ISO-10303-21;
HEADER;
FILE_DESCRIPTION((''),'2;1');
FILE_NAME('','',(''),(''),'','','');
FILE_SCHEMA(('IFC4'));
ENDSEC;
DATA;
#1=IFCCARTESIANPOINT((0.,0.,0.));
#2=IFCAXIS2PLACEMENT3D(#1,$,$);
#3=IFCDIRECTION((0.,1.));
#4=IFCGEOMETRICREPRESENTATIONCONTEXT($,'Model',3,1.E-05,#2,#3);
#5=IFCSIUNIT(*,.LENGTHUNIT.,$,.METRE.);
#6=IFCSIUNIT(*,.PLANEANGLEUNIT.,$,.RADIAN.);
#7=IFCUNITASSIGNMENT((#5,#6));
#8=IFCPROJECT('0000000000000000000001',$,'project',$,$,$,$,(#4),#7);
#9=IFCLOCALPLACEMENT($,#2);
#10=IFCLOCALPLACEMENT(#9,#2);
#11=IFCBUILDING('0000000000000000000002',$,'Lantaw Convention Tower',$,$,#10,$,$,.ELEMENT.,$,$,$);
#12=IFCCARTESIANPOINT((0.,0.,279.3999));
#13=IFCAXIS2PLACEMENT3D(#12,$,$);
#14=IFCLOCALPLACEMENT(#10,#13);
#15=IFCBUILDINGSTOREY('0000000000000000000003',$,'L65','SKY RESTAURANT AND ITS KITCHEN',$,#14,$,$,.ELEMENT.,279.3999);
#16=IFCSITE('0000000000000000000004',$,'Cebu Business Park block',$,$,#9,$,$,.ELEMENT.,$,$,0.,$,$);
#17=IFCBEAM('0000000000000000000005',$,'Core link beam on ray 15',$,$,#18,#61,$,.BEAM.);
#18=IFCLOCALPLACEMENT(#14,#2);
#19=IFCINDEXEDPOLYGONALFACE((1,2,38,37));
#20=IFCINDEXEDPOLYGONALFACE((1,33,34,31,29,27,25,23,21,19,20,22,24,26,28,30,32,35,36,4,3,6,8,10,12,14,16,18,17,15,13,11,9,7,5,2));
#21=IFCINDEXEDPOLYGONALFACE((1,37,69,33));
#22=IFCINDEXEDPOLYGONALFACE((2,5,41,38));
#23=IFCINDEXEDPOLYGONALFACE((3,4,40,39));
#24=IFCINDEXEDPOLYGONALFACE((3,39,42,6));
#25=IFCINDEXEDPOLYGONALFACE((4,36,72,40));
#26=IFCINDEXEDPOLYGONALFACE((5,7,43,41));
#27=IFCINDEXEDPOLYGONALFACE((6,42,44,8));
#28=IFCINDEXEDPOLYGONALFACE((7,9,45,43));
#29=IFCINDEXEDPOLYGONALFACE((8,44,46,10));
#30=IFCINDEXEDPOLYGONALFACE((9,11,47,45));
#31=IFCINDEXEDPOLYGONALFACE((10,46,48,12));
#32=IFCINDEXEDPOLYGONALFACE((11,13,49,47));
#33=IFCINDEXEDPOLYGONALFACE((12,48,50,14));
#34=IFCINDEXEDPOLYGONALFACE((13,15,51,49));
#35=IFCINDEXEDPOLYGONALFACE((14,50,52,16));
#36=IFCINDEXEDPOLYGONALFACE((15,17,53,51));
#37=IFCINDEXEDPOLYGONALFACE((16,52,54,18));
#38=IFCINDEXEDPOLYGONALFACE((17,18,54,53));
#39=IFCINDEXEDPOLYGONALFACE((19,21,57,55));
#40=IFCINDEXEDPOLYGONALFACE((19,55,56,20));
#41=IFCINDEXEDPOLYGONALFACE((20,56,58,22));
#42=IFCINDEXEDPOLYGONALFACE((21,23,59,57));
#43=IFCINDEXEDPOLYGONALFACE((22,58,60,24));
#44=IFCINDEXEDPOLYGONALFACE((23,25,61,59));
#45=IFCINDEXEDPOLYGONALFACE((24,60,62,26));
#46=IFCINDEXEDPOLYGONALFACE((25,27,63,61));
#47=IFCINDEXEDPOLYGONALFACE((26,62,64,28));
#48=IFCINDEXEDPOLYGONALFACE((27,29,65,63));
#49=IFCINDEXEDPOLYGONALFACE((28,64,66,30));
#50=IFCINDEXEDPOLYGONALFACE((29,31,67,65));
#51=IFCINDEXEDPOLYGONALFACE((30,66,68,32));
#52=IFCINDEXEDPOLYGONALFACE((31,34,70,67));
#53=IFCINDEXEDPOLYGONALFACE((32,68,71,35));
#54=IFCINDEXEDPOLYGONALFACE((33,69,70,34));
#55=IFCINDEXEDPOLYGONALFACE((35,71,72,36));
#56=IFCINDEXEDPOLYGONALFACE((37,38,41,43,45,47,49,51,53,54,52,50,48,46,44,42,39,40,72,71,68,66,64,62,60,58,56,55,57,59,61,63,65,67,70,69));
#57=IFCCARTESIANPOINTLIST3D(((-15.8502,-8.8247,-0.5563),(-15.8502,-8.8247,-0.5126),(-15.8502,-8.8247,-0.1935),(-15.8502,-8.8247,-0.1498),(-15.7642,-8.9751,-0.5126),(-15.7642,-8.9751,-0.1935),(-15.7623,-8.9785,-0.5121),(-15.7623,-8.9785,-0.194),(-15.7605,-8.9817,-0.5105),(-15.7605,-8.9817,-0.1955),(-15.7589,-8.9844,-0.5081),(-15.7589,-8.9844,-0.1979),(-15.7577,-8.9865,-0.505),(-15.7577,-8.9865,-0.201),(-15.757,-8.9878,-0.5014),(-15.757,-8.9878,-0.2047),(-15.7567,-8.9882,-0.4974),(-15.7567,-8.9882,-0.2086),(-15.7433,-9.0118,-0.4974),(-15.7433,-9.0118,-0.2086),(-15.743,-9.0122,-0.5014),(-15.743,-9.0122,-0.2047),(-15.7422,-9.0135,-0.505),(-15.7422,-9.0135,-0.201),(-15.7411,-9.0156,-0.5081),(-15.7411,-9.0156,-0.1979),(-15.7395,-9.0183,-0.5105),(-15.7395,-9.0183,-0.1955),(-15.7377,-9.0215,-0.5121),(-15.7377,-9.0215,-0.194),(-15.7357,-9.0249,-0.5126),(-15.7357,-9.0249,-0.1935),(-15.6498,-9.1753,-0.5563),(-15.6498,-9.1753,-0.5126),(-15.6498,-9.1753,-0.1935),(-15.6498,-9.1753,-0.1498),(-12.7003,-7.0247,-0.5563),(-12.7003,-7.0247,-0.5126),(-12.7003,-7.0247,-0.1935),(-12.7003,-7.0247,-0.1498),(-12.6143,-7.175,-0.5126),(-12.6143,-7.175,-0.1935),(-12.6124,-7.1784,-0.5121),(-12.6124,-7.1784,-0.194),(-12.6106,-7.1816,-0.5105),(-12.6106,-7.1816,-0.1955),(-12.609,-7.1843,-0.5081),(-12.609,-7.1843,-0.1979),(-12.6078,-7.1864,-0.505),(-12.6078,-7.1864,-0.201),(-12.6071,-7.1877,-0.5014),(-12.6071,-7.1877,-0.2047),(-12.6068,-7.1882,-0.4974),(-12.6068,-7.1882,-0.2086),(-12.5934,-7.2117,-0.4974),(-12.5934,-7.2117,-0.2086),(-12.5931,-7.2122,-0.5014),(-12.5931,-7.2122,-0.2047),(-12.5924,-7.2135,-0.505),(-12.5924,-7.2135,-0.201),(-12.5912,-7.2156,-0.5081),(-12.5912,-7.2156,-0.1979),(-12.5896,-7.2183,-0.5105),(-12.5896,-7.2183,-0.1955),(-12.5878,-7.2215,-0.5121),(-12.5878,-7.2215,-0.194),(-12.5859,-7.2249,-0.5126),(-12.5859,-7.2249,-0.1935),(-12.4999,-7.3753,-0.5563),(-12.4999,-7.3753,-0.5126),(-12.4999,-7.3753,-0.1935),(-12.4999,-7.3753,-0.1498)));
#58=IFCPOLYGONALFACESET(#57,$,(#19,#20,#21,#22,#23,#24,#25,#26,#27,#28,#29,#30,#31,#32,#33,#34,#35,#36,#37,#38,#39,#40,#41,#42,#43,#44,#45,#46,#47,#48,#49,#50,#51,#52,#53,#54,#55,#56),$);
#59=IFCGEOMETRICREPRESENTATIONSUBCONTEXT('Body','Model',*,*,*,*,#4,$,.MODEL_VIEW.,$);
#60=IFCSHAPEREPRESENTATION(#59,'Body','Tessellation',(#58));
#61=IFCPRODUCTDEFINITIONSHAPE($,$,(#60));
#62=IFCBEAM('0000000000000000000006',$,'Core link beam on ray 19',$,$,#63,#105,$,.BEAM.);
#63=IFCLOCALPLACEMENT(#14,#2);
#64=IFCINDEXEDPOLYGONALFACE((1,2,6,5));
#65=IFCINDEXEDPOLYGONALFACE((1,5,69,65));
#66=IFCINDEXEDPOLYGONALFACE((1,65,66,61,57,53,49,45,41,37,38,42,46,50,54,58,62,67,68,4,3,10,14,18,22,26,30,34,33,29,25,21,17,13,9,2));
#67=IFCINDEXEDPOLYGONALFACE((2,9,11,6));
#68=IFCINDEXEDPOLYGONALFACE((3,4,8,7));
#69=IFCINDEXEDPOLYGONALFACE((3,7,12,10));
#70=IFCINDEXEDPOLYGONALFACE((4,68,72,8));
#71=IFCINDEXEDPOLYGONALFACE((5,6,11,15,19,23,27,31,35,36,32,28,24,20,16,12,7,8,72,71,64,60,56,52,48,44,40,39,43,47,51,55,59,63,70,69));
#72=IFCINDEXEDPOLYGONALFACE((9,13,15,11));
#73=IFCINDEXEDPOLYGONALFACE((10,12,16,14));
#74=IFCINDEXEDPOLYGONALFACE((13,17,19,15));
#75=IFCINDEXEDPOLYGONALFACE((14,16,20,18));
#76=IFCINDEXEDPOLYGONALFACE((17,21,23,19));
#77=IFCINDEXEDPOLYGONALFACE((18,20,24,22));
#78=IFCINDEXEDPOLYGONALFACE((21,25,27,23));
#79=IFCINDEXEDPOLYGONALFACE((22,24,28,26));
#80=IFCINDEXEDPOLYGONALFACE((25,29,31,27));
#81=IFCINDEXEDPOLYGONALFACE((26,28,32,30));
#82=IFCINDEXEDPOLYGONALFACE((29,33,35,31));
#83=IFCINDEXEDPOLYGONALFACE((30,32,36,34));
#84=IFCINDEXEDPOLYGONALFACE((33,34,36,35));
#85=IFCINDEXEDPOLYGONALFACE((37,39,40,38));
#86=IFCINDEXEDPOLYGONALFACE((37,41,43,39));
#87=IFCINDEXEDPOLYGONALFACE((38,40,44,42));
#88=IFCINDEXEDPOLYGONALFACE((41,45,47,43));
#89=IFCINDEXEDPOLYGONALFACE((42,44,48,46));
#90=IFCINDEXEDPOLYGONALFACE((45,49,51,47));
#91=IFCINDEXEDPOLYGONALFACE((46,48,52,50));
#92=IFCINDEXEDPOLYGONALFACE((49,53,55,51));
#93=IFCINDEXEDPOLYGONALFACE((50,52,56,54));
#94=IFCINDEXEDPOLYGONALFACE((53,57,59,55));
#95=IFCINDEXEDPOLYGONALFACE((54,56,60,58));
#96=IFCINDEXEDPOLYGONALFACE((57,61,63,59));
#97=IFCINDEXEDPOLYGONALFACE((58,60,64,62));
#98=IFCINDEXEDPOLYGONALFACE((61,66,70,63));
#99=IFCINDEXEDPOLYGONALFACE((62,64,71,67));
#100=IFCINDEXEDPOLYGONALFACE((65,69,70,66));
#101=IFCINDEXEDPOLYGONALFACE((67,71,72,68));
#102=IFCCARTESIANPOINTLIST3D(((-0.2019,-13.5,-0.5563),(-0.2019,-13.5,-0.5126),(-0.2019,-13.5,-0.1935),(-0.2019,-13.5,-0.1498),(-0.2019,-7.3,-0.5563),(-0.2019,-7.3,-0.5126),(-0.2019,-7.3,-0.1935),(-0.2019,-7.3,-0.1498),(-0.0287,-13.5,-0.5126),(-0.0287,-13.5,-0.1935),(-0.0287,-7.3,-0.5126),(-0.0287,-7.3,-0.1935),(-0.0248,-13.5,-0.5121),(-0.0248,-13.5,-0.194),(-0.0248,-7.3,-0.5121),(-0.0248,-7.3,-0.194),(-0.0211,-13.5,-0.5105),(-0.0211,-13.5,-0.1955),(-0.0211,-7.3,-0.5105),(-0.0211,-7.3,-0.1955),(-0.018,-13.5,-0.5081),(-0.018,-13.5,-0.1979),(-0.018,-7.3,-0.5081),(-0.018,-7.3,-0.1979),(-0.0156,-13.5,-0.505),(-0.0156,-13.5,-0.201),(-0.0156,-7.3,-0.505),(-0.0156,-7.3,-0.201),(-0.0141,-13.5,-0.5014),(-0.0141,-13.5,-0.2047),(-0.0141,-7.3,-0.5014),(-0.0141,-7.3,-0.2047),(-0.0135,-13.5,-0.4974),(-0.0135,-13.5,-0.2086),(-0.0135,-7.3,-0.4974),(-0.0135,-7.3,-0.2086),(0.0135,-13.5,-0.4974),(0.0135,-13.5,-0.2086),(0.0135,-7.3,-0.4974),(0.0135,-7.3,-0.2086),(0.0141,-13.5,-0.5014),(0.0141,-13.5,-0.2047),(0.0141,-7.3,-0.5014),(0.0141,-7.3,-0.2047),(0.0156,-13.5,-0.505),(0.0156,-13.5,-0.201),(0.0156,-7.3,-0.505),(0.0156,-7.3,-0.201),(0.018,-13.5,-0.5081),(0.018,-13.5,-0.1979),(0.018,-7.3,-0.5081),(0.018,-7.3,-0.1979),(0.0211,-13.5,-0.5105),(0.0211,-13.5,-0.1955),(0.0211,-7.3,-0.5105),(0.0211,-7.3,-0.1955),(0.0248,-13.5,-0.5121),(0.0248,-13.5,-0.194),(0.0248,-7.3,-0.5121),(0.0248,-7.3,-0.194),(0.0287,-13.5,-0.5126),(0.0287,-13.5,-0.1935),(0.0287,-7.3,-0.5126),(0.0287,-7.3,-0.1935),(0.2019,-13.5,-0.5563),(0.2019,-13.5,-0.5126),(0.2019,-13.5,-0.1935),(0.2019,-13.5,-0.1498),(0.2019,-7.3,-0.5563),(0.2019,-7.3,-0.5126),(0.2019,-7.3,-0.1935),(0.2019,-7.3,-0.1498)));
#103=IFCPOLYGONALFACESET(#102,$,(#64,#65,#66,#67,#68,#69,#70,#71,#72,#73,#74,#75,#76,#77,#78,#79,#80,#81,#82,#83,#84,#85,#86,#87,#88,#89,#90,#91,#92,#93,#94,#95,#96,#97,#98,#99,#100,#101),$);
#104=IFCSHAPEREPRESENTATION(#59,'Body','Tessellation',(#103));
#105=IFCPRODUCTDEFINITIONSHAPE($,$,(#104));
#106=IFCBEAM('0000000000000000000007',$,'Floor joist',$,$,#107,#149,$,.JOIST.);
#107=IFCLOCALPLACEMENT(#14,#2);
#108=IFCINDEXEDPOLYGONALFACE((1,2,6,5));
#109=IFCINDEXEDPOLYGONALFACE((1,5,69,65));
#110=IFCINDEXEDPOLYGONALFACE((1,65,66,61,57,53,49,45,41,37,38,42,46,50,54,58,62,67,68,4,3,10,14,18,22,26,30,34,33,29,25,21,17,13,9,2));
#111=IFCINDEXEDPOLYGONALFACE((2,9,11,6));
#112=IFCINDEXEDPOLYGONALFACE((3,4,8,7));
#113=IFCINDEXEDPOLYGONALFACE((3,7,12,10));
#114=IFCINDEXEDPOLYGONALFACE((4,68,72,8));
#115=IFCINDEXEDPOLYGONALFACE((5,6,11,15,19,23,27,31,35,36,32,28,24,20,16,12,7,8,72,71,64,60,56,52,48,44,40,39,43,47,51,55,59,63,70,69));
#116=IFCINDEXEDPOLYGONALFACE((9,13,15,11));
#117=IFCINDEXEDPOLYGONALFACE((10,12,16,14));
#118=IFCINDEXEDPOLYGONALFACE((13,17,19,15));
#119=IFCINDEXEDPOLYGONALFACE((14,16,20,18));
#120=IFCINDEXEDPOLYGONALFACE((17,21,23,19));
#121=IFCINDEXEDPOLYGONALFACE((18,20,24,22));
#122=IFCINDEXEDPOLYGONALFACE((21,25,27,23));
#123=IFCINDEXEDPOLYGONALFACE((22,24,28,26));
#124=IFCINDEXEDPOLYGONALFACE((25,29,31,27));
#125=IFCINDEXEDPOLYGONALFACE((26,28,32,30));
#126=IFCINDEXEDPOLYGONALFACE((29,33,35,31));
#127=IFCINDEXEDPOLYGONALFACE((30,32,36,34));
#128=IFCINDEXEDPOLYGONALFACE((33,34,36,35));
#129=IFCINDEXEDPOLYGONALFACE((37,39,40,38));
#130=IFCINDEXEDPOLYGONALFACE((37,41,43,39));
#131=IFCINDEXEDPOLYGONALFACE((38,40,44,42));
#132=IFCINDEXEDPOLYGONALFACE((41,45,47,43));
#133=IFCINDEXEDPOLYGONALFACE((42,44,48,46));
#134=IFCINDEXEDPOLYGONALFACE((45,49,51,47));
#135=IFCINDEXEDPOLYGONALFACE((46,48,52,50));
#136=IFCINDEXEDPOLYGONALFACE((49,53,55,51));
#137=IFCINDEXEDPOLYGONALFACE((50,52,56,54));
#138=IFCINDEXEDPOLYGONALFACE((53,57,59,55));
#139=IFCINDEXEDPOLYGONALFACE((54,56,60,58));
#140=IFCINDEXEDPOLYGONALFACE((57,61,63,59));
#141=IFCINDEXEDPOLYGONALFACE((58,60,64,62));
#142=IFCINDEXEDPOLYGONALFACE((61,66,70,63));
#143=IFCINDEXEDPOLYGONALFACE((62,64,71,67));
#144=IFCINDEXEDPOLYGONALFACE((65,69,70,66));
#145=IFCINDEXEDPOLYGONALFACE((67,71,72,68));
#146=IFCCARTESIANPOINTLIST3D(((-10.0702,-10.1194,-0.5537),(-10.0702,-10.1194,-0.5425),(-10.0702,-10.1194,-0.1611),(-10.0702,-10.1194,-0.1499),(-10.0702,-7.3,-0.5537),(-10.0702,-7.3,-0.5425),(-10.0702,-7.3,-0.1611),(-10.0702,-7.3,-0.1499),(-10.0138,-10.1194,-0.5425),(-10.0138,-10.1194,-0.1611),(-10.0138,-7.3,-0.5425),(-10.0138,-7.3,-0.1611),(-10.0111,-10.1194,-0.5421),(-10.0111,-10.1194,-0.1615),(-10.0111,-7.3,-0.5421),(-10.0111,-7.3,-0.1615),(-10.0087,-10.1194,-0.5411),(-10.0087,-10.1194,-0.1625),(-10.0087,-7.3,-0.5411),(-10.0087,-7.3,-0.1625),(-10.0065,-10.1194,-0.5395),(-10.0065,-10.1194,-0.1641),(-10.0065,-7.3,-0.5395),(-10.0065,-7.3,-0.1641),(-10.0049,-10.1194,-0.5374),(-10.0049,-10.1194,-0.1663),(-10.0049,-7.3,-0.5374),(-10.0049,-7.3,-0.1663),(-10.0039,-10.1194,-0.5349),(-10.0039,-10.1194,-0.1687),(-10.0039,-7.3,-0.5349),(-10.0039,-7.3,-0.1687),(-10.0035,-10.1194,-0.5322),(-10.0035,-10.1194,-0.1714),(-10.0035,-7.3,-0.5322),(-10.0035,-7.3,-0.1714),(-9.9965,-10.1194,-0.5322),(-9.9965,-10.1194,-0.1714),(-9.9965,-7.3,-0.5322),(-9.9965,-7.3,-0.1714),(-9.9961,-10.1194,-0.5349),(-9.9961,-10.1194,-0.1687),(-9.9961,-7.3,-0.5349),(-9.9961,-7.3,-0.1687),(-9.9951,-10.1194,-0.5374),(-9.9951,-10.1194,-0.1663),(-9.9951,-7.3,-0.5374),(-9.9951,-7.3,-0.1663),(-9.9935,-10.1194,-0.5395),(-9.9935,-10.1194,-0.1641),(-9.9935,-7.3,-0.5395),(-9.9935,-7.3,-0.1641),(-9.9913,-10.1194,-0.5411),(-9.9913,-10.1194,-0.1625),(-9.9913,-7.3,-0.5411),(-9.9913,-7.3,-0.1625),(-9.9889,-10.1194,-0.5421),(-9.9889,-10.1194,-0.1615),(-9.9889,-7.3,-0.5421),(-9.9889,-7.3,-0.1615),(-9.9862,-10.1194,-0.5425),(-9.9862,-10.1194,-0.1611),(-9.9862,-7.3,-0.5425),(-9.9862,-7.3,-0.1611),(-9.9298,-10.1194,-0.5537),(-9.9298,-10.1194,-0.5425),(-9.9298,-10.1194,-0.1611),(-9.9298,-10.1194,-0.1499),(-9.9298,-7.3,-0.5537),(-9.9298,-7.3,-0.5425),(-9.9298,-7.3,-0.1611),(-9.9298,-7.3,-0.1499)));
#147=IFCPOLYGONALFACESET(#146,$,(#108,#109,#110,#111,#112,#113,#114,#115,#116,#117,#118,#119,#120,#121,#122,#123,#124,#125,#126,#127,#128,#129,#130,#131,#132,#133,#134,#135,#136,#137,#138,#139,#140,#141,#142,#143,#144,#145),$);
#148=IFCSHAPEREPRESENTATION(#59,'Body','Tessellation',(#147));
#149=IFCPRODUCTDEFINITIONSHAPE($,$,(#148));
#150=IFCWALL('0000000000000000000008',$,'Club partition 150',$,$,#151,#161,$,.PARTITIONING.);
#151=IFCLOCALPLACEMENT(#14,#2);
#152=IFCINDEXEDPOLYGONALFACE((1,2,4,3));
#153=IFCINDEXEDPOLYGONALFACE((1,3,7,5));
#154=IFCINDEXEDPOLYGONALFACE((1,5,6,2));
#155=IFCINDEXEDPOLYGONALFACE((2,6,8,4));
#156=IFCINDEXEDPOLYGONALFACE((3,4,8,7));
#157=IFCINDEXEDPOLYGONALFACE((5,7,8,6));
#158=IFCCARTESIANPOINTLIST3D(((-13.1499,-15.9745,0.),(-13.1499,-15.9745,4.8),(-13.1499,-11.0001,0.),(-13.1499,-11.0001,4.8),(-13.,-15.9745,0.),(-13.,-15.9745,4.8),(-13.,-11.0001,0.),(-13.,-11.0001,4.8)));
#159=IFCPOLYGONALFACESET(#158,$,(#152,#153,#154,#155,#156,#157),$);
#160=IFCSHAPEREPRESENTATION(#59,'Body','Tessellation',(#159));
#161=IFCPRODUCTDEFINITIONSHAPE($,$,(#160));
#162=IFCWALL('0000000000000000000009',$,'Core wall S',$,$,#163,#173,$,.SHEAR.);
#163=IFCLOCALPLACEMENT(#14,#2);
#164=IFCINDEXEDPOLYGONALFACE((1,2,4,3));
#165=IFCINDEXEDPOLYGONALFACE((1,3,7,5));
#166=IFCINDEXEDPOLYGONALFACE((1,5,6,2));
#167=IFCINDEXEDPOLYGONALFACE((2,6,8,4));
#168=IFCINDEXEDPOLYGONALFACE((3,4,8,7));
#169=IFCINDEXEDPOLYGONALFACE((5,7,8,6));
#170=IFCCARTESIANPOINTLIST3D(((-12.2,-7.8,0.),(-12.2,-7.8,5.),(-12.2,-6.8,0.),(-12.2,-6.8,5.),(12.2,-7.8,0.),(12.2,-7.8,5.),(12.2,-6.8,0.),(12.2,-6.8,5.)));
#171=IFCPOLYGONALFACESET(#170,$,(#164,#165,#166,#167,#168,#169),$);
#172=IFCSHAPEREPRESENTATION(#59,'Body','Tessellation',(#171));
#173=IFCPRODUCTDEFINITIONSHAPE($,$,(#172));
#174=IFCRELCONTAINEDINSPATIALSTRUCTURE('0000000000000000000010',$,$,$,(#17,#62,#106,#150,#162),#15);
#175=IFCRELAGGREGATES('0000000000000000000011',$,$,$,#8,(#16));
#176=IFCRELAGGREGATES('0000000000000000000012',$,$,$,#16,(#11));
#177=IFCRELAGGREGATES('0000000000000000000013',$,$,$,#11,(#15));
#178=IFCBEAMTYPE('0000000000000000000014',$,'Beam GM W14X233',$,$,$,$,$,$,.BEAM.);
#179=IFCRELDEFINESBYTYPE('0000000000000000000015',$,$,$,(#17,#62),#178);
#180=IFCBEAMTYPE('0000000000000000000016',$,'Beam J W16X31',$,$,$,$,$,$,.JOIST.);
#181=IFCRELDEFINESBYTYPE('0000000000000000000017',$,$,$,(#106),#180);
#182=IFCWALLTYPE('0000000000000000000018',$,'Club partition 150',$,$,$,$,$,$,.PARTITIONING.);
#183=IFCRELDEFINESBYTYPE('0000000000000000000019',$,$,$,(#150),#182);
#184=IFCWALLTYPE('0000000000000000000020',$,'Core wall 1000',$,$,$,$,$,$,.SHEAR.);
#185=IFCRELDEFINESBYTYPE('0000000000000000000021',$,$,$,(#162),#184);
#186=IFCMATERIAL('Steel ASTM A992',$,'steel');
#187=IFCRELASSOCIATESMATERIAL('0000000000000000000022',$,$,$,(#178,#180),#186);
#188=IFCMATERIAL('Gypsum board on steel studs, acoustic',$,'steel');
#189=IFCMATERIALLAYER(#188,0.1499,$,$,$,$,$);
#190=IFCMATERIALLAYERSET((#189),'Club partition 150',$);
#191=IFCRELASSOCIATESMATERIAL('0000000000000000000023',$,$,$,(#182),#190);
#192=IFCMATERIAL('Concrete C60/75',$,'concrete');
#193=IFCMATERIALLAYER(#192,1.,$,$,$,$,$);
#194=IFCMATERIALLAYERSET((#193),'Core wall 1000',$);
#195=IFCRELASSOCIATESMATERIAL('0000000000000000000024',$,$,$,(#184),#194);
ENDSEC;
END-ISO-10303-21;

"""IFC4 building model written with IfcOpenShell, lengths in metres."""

from ifc_helpers import new_model, si_unit, direction, frame, frame_2d, origin, origin_2d, place, context, subcontext, project, spatial, rectangle, i_section, extrude, material, layer, layer_set, material_profile, profile_set, type_object, element, save


model = new_model("IFC4")

# Units and contexts
model_context = context("Model", 3, precision=1e-05, world=origin(), true_north=direction((0.0, 1.0)))
body_context = subcontext(model_context, "Body", "Model", "MODEL_VIEW")
ifc_project = project(units=[si_unit("LENGTHUNIT", "METRE"), si_unit("PLANEANGLEUNIT", "RADIAN")], contexts=[model_context])

# Site, building, storey
site_placement = place(None, origin())
site = spatial("IfcSite", under=ifc_project, at=site_placement, Name="Cebu Business Park block", CompositionType="ELEMENT", RefElevation=0.0)
building_placement = place(site_placement, origin())
building = spatial("IfcBuilding", under=site, at=building_placement, Name="Lantaw Convention Tower", CompositionType="ELEMENT")
storey_placement = place(building_placement, frame((0.0, 0.0, 279.3999)))
storey = spatial("IfcBuildingStorey", under=building, at=storey_placement, Name="L65", Description="SKY RESTAURANT AND ITS KITCHEN", CompositionType="ELEMENT", Elevation=279.3999)

# Beams
ifc_material_1 = material(Name="Steel ASTM A992", Category="steel")
ifc_material_profile_1 = material_profile(ifc_material_1, i_section(OverallWidth=0.4038, OverallDepth=0.4065, WebThickness=0.0271, FlangeThickness=0.0437, FilletRadius=0.0151, at=origin_2d()), Name="W14X233")
ifc_profile_set_1 = profile_set([ifc_material_profile_1], Name="Steel ASTM A992")
beam_type_1 = type_object("IfcBeamType", Name="Beam GM W14X233", PredefinedType="BEAM", material=ifc_profile_set_1)
beam_1_placement = place(storey_placement, frame((-12.6001, -7.2, -0.353), z_axis=(-0.868231, -0.496161, 0.0), x_axis=(0.496161, -0.868231, 0.0)))
element("IfcBeam", 1, at=beam_1_placement, inside=storey, type_object=beam_type_1, Name="Core link beam on ray 15", PredefinedType="BEAM", context=body_context, shape_type="SweptSolid", body=[
    extrude(i_section(OverallWidth=0.4038, OverallDepth=0.4065, WebThickness=0.0271, FlangeThickness=0.0437, FilletRadius=0.0151, at=origin_2d()), origin(), (0.0, 0.0, 1.0), 3.6279),
])
beam_2_placement = place(storey_placement, frame((0.0, -7.3, -0.353), z_axis=(0.0, -1.0, 0.0), x_axis=(1.0, 0.0, 0.0)))
element("IfcBeam", 2, at=beam_2_placement, inside=storey, type_object=beam_type_1, Name="Core link beam on ray 19", PredefinedType="BEAM", context=body_context, shape_type="SweptSolid", body=[
    extrude(i_section(OverallWidth=0.4038, OverallDepth=0.4065, WebThickness=0.0271, FlangeThickness=0.0437, FilletRadius=0.0151, at=origin_2d()), origin(), (0.0, 0.0, 1.0), 6.2),
])
ifc_material_profile_2 = material_profile(ifc_material_1, i_section(OverallWidth=0.1404, OverallDepth=0.4038, WebThickness=0.0071, FlangeThickness=0.0112, FilletRadius=0.0103, at=origin_2d()), Name="W16X31")
ifc_profile_set_2 = profile_set([ifc_material_profile_2], Name="Steel ASTM A992")
beam_type_2 = type_object("IfcBeamType", Name="Beam J W16X31", PredefinedType="JOIST", material=ifc_profile_set_2)
beam_3_placement = place(storey_placement, frame((-10.0, -10.1194, -0.3518), z_axis=(0.0, 1.0, 0.0), x_axis=(-1.0, 0.0, 0.0)))
element("IfcBeam", 3, at=beam_3_placement, inside=storey, type_object=beam_type_2, Name="Floor joist", PredefinedType="JOIST", context=body_context, shape_type="SweptSolid", body=[
    extrude(i_section(OverallWidth=0.1404, OverallDepth=0.4038, WebThickness=0.0071, FlangeThickness=0.0112, FilletRadius=0.0103, at=origin_2d()), origin(), (0.0, 0.0, 1.0), 2.8193),
])

# Walls
ifc_material_2 = material(Name="Gypsum board on steel studs, acoustic", Category="steel")
ifc_layer_1 = layer(ifc_material_2, 0.1499)
ifc_layer_set_1 = layer_set([ifc_layer_1], Name="Club partition 150")
wall_type_1 = type_object("IfcWallType", Name="Club partition 150", PredefinedType="PARTITIONING", material=ifc_layer_set_1)
wall_1_placement = place(storey_placement, frame((-13.075, -11.0, 0.0), z_axis=(0.0, 0.0, 1.0), x_axis=(0.0, -1.0, 0.0)))
element("IfcWall", 4, at=wall_1_placement, inside=storey, type_object=wall_type_1, Name="Club partition 150", PredefinedType="PARTITIONING", context=body_context, shape_type="SweptSolid", body=[
    extrude(rectangle(XDim=4.9744, YDim=0.1499, at=frame_2d((2.4873, 0.0))), origin(), (0.0, 0.0, 1.0), 4.8),
])
ifc_material_3 = material(Name="Concrete C60/75", Category="concrete")
ifc_layer_2 = layer(ifc_material_3, 1.0)
ifc_layer_set_2 = layer_set([ifc_layer_2], Name="Core wall 1000")
wall_type_2 = type_object("IfcWallType", Name="Core wall 1000", PredefinedType="SHEAR", material=ifc_layer_set_2)
wall_2_placement = place(storey_placement, frame((-12.2, -7.3, 0.0), z_axis=(0.0, 0.0, 1.0), x_axis=(1.0, 0.0, 0.0)))
element("IfcWall", 5, at=wall_2_placement, inside=storey, type_object=wall_type_2, Name="Core wall S", PredefinedType="SHEAR", context=body_context, shape_type="SweptSolid", body=[
    extrude(rectangle(XDim=24.3999, YDim=1.0, at=frame_2d((12.2, 0.0))), origin(), (0.0, 0.0, 1.0), 5.0),
])

save(model, "model.ifc")
